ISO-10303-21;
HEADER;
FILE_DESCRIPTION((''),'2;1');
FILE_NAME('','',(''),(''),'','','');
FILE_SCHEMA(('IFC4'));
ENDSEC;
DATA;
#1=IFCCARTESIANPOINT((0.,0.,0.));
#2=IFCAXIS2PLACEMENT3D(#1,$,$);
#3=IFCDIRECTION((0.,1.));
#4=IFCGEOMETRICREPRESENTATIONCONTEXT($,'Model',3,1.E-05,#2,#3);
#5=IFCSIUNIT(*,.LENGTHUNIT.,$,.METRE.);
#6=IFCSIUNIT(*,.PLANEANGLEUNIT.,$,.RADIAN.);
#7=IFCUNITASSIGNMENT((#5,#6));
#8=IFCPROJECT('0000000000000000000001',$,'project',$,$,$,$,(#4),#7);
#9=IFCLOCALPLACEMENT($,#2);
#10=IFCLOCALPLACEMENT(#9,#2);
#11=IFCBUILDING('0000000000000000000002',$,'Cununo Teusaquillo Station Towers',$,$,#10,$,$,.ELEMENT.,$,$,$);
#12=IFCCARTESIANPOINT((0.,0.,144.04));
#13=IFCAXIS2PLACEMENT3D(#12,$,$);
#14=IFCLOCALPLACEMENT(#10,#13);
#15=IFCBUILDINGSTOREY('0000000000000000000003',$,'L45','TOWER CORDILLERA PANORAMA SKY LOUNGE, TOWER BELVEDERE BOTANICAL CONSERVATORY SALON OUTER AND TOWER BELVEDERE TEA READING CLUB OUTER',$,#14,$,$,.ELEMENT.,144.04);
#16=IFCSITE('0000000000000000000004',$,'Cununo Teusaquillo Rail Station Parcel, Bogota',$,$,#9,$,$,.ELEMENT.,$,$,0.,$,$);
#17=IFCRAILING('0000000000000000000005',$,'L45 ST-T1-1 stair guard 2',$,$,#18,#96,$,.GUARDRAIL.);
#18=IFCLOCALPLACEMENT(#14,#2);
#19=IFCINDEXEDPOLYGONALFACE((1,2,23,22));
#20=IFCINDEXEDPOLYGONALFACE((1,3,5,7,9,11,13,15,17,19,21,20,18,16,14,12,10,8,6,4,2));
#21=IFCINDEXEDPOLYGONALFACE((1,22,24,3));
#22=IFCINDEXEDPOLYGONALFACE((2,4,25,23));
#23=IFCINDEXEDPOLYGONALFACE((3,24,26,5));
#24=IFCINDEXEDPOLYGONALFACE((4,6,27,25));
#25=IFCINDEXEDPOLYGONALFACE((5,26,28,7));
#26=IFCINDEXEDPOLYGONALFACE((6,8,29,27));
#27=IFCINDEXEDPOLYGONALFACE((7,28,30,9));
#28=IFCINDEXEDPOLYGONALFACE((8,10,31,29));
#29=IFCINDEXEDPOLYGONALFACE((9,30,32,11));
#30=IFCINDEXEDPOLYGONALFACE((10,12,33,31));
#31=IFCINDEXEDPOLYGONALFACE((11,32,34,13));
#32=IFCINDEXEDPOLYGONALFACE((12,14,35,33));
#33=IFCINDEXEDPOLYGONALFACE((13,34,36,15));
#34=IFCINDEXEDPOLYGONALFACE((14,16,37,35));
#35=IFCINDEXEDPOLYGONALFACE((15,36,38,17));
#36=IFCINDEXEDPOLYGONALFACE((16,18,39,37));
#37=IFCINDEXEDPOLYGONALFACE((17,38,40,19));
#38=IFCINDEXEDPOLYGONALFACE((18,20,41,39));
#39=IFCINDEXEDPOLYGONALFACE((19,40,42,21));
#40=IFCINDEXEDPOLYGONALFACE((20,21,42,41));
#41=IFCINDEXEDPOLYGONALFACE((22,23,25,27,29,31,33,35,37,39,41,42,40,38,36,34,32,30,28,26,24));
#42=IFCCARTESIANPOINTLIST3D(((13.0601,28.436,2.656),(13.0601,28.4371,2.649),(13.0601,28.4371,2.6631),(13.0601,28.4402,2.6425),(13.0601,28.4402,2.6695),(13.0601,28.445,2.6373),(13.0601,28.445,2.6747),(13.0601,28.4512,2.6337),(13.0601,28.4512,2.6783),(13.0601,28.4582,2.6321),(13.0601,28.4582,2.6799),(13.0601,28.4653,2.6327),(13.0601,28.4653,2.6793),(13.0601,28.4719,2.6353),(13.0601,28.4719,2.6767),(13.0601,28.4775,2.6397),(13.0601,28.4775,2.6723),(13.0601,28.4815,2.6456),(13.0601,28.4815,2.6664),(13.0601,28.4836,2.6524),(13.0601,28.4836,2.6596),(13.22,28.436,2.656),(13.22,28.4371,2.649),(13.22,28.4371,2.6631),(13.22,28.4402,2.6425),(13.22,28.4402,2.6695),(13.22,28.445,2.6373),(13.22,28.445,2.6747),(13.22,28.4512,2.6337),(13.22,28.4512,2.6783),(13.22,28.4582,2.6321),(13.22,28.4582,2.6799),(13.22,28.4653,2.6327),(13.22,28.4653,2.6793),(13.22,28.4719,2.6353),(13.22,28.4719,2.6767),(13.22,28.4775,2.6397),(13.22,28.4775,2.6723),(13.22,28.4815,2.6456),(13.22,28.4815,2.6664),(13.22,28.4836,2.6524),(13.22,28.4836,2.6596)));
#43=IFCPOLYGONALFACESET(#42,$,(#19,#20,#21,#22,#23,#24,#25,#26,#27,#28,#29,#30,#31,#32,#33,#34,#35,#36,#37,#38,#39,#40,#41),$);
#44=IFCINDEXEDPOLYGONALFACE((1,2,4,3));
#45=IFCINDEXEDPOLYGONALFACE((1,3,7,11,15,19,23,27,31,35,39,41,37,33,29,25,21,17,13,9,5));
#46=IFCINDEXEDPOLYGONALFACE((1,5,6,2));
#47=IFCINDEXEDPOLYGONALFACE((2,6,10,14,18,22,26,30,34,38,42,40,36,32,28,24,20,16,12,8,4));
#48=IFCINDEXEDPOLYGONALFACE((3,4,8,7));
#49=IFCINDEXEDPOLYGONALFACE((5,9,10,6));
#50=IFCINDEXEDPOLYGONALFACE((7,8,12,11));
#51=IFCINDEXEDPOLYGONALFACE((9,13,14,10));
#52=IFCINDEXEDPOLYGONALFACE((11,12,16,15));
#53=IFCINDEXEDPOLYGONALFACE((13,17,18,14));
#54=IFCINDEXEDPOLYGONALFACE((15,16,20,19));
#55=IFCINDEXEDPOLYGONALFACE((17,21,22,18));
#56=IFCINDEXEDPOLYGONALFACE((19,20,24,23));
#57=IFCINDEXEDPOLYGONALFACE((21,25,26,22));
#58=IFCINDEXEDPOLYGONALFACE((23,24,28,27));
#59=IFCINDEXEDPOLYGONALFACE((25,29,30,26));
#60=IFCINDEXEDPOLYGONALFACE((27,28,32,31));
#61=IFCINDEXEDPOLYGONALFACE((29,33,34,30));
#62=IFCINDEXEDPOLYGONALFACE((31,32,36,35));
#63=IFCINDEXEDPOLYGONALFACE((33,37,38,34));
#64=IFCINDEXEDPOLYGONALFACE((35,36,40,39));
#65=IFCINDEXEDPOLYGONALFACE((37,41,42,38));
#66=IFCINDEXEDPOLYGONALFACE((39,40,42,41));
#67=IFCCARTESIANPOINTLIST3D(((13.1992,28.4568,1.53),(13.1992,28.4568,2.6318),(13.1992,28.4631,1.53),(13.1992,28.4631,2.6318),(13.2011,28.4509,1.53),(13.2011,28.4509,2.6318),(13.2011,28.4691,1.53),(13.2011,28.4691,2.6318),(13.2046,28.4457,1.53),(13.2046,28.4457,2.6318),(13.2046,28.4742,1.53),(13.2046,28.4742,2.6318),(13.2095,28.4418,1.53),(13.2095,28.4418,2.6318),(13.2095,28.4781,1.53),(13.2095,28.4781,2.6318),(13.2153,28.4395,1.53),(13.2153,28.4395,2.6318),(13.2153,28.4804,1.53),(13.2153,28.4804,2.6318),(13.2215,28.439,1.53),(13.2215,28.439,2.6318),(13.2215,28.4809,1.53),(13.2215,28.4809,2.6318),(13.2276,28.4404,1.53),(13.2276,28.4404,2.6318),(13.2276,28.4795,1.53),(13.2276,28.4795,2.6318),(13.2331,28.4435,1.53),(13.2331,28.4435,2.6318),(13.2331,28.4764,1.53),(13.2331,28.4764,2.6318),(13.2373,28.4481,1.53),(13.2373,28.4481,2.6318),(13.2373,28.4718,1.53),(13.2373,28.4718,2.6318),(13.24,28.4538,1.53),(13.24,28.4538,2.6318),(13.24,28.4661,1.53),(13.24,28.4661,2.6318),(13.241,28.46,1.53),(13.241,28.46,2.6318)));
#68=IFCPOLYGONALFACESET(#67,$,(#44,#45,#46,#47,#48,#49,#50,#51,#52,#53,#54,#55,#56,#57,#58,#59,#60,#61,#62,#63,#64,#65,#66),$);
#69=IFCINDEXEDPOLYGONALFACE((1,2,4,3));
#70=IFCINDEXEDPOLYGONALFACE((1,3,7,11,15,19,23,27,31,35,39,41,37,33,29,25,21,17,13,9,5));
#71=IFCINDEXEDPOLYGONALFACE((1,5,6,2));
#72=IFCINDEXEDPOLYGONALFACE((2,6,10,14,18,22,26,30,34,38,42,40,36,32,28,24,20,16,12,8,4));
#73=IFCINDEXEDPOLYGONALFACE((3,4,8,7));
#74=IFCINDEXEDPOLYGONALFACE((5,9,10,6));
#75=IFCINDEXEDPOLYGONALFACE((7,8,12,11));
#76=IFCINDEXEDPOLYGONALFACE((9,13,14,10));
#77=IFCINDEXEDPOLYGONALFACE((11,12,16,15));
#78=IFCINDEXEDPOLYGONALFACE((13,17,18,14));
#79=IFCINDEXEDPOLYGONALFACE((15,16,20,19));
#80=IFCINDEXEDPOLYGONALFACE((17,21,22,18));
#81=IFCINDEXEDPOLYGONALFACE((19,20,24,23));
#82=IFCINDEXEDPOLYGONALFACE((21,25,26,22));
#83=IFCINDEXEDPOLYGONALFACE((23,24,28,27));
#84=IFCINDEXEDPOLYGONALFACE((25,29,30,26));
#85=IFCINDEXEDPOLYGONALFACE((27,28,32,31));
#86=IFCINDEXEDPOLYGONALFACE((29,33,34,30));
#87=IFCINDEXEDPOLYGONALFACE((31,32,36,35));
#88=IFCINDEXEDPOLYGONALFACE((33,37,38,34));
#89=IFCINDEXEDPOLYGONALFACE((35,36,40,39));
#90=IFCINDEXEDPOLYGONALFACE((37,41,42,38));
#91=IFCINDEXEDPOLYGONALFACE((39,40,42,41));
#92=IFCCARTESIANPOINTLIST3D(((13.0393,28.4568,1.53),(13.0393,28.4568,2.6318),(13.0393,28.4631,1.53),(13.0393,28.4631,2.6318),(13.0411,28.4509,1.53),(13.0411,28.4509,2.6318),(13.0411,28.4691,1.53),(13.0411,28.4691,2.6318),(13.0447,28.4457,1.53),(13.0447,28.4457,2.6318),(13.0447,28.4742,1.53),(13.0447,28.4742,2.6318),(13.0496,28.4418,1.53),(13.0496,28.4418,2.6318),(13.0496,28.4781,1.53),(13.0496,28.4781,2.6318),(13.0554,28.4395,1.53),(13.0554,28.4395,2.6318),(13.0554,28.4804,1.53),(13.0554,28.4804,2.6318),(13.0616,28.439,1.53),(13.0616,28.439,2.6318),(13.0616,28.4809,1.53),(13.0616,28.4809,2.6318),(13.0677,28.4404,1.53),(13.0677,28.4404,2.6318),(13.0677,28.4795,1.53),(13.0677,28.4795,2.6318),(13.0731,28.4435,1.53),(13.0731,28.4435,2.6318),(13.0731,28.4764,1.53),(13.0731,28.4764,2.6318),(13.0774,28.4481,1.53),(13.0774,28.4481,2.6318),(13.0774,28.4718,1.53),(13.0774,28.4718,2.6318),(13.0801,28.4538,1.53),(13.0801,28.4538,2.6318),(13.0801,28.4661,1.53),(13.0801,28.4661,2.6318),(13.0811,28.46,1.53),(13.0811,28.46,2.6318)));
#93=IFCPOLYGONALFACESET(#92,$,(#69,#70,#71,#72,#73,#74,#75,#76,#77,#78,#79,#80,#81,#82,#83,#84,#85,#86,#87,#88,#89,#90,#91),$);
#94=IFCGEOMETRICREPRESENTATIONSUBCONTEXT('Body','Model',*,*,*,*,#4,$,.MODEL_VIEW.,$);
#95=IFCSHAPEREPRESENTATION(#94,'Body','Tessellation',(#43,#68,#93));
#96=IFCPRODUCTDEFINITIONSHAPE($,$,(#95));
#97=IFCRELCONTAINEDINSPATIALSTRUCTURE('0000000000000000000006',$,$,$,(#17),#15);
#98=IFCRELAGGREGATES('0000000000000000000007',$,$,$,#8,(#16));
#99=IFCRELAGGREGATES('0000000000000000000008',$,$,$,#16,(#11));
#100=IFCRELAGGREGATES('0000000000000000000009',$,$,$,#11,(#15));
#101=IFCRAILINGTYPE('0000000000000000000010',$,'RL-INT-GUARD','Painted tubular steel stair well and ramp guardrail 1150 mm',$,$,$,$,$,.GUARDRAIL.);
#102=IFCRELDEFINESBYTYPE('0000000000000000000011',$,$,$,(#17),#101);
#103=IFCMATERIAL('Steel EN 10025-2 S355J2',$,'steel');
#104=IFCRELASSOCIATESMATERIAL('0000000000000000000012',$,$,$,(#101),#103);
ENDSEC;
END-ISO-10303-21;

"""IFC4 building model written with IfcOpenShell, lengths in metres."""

from ifc_helpers import new_model, si_unit, direction, frame, origin, origin_2d, place, context, subcontext, project, spatial, circle, extrude, material, type_object, element, save


model = new_model("IFC4")

# Units and contexts
model_context = context("Model", 3, precision=1e-05, world=origin(), true_north=direction((0.0, 1.0)))
body_context = subcontext(model_context, "Body", "Model", "MODEL_VIEW")
ifc_project = project(units=[si_unit("LENGTHUNIT", "METRE"), si_unit("PLANEANGLEUNIT", "RADIAN")], contexts=[model_context])

# Site, building, storey
site_placement = place(None, origin())
site = spatial("IfcSite", under=ifc_project, at=site_placement, Name="Cununo Teusaquillo Rail Station Parcel, Bogota", CompositionType="ELEMENT", RefElevation=0.0)
building_placement = place(site_placement, origin())
building = spatial("IfcBuilding", under=site, at=building_placement, Name="Cununo Teusaquillo Station Towers", CompositionType="ELEMENT")
storey_placement = place(building_placement, frame((0.0, 0.0, 144.04)))
storey = spatial("IfcBuildingStorey", under=building, at=storey_placement, Name="L45", Description="TOWER CORDILLERA PANORAMA SKY LOUNGE, TOWER BELVEDERE BOTANICAL CONSERVATORY SALON OUTER AND TOWER BELVEDERE TEA READING CLUB OUTER", CompositionType="ELEMENT", Elevation=144.04)

# Railing
ifc_material_1 = material(Name="Steel EN 10025-2 S355J2", Category="steel")
railing_type_1 = type_object("IfcRailingType", Name="RL-INT-GUARD", Description="Painted tubular steel stair well and ramp guardrail 1150 mm", PredefinedType="GUARDRAIL", material=ifc_material_1)
railing_1_placement = place(storey_placement, frame((13.22, 28.46, 1.53)))
element("IfcRailing", 1, at=railing_1_placement, inside=storey, type_object=railing_type_1, Name="L45 ST-T1-1 stair guard 2", PredefinedType="GUARDRAIL", context=body_context, shape_type="SweptSolid", body=[
    extrude(circle(Radius=0.0239, at=origin_2d()), frame((0.0, 0.0, 1.126), z_axis=(-1.0, 0.0, 0.0), x_axis=(0.0, -1.0, 0.0)), (0.0, 0.0, 1.0), 0.1599),
    extrude(circle(Radius=0.021, at=origin_2d()), origin(), (0.0, 0.0, 1.0), 1.1018),
    extrude(circle(Radius=0.021, at=origin_2d()), frame((-0.1599, 0.0, 0.0)), (0.0, 0.0, 1.0), 1.1018),
])

save(model, "model.ifc")
